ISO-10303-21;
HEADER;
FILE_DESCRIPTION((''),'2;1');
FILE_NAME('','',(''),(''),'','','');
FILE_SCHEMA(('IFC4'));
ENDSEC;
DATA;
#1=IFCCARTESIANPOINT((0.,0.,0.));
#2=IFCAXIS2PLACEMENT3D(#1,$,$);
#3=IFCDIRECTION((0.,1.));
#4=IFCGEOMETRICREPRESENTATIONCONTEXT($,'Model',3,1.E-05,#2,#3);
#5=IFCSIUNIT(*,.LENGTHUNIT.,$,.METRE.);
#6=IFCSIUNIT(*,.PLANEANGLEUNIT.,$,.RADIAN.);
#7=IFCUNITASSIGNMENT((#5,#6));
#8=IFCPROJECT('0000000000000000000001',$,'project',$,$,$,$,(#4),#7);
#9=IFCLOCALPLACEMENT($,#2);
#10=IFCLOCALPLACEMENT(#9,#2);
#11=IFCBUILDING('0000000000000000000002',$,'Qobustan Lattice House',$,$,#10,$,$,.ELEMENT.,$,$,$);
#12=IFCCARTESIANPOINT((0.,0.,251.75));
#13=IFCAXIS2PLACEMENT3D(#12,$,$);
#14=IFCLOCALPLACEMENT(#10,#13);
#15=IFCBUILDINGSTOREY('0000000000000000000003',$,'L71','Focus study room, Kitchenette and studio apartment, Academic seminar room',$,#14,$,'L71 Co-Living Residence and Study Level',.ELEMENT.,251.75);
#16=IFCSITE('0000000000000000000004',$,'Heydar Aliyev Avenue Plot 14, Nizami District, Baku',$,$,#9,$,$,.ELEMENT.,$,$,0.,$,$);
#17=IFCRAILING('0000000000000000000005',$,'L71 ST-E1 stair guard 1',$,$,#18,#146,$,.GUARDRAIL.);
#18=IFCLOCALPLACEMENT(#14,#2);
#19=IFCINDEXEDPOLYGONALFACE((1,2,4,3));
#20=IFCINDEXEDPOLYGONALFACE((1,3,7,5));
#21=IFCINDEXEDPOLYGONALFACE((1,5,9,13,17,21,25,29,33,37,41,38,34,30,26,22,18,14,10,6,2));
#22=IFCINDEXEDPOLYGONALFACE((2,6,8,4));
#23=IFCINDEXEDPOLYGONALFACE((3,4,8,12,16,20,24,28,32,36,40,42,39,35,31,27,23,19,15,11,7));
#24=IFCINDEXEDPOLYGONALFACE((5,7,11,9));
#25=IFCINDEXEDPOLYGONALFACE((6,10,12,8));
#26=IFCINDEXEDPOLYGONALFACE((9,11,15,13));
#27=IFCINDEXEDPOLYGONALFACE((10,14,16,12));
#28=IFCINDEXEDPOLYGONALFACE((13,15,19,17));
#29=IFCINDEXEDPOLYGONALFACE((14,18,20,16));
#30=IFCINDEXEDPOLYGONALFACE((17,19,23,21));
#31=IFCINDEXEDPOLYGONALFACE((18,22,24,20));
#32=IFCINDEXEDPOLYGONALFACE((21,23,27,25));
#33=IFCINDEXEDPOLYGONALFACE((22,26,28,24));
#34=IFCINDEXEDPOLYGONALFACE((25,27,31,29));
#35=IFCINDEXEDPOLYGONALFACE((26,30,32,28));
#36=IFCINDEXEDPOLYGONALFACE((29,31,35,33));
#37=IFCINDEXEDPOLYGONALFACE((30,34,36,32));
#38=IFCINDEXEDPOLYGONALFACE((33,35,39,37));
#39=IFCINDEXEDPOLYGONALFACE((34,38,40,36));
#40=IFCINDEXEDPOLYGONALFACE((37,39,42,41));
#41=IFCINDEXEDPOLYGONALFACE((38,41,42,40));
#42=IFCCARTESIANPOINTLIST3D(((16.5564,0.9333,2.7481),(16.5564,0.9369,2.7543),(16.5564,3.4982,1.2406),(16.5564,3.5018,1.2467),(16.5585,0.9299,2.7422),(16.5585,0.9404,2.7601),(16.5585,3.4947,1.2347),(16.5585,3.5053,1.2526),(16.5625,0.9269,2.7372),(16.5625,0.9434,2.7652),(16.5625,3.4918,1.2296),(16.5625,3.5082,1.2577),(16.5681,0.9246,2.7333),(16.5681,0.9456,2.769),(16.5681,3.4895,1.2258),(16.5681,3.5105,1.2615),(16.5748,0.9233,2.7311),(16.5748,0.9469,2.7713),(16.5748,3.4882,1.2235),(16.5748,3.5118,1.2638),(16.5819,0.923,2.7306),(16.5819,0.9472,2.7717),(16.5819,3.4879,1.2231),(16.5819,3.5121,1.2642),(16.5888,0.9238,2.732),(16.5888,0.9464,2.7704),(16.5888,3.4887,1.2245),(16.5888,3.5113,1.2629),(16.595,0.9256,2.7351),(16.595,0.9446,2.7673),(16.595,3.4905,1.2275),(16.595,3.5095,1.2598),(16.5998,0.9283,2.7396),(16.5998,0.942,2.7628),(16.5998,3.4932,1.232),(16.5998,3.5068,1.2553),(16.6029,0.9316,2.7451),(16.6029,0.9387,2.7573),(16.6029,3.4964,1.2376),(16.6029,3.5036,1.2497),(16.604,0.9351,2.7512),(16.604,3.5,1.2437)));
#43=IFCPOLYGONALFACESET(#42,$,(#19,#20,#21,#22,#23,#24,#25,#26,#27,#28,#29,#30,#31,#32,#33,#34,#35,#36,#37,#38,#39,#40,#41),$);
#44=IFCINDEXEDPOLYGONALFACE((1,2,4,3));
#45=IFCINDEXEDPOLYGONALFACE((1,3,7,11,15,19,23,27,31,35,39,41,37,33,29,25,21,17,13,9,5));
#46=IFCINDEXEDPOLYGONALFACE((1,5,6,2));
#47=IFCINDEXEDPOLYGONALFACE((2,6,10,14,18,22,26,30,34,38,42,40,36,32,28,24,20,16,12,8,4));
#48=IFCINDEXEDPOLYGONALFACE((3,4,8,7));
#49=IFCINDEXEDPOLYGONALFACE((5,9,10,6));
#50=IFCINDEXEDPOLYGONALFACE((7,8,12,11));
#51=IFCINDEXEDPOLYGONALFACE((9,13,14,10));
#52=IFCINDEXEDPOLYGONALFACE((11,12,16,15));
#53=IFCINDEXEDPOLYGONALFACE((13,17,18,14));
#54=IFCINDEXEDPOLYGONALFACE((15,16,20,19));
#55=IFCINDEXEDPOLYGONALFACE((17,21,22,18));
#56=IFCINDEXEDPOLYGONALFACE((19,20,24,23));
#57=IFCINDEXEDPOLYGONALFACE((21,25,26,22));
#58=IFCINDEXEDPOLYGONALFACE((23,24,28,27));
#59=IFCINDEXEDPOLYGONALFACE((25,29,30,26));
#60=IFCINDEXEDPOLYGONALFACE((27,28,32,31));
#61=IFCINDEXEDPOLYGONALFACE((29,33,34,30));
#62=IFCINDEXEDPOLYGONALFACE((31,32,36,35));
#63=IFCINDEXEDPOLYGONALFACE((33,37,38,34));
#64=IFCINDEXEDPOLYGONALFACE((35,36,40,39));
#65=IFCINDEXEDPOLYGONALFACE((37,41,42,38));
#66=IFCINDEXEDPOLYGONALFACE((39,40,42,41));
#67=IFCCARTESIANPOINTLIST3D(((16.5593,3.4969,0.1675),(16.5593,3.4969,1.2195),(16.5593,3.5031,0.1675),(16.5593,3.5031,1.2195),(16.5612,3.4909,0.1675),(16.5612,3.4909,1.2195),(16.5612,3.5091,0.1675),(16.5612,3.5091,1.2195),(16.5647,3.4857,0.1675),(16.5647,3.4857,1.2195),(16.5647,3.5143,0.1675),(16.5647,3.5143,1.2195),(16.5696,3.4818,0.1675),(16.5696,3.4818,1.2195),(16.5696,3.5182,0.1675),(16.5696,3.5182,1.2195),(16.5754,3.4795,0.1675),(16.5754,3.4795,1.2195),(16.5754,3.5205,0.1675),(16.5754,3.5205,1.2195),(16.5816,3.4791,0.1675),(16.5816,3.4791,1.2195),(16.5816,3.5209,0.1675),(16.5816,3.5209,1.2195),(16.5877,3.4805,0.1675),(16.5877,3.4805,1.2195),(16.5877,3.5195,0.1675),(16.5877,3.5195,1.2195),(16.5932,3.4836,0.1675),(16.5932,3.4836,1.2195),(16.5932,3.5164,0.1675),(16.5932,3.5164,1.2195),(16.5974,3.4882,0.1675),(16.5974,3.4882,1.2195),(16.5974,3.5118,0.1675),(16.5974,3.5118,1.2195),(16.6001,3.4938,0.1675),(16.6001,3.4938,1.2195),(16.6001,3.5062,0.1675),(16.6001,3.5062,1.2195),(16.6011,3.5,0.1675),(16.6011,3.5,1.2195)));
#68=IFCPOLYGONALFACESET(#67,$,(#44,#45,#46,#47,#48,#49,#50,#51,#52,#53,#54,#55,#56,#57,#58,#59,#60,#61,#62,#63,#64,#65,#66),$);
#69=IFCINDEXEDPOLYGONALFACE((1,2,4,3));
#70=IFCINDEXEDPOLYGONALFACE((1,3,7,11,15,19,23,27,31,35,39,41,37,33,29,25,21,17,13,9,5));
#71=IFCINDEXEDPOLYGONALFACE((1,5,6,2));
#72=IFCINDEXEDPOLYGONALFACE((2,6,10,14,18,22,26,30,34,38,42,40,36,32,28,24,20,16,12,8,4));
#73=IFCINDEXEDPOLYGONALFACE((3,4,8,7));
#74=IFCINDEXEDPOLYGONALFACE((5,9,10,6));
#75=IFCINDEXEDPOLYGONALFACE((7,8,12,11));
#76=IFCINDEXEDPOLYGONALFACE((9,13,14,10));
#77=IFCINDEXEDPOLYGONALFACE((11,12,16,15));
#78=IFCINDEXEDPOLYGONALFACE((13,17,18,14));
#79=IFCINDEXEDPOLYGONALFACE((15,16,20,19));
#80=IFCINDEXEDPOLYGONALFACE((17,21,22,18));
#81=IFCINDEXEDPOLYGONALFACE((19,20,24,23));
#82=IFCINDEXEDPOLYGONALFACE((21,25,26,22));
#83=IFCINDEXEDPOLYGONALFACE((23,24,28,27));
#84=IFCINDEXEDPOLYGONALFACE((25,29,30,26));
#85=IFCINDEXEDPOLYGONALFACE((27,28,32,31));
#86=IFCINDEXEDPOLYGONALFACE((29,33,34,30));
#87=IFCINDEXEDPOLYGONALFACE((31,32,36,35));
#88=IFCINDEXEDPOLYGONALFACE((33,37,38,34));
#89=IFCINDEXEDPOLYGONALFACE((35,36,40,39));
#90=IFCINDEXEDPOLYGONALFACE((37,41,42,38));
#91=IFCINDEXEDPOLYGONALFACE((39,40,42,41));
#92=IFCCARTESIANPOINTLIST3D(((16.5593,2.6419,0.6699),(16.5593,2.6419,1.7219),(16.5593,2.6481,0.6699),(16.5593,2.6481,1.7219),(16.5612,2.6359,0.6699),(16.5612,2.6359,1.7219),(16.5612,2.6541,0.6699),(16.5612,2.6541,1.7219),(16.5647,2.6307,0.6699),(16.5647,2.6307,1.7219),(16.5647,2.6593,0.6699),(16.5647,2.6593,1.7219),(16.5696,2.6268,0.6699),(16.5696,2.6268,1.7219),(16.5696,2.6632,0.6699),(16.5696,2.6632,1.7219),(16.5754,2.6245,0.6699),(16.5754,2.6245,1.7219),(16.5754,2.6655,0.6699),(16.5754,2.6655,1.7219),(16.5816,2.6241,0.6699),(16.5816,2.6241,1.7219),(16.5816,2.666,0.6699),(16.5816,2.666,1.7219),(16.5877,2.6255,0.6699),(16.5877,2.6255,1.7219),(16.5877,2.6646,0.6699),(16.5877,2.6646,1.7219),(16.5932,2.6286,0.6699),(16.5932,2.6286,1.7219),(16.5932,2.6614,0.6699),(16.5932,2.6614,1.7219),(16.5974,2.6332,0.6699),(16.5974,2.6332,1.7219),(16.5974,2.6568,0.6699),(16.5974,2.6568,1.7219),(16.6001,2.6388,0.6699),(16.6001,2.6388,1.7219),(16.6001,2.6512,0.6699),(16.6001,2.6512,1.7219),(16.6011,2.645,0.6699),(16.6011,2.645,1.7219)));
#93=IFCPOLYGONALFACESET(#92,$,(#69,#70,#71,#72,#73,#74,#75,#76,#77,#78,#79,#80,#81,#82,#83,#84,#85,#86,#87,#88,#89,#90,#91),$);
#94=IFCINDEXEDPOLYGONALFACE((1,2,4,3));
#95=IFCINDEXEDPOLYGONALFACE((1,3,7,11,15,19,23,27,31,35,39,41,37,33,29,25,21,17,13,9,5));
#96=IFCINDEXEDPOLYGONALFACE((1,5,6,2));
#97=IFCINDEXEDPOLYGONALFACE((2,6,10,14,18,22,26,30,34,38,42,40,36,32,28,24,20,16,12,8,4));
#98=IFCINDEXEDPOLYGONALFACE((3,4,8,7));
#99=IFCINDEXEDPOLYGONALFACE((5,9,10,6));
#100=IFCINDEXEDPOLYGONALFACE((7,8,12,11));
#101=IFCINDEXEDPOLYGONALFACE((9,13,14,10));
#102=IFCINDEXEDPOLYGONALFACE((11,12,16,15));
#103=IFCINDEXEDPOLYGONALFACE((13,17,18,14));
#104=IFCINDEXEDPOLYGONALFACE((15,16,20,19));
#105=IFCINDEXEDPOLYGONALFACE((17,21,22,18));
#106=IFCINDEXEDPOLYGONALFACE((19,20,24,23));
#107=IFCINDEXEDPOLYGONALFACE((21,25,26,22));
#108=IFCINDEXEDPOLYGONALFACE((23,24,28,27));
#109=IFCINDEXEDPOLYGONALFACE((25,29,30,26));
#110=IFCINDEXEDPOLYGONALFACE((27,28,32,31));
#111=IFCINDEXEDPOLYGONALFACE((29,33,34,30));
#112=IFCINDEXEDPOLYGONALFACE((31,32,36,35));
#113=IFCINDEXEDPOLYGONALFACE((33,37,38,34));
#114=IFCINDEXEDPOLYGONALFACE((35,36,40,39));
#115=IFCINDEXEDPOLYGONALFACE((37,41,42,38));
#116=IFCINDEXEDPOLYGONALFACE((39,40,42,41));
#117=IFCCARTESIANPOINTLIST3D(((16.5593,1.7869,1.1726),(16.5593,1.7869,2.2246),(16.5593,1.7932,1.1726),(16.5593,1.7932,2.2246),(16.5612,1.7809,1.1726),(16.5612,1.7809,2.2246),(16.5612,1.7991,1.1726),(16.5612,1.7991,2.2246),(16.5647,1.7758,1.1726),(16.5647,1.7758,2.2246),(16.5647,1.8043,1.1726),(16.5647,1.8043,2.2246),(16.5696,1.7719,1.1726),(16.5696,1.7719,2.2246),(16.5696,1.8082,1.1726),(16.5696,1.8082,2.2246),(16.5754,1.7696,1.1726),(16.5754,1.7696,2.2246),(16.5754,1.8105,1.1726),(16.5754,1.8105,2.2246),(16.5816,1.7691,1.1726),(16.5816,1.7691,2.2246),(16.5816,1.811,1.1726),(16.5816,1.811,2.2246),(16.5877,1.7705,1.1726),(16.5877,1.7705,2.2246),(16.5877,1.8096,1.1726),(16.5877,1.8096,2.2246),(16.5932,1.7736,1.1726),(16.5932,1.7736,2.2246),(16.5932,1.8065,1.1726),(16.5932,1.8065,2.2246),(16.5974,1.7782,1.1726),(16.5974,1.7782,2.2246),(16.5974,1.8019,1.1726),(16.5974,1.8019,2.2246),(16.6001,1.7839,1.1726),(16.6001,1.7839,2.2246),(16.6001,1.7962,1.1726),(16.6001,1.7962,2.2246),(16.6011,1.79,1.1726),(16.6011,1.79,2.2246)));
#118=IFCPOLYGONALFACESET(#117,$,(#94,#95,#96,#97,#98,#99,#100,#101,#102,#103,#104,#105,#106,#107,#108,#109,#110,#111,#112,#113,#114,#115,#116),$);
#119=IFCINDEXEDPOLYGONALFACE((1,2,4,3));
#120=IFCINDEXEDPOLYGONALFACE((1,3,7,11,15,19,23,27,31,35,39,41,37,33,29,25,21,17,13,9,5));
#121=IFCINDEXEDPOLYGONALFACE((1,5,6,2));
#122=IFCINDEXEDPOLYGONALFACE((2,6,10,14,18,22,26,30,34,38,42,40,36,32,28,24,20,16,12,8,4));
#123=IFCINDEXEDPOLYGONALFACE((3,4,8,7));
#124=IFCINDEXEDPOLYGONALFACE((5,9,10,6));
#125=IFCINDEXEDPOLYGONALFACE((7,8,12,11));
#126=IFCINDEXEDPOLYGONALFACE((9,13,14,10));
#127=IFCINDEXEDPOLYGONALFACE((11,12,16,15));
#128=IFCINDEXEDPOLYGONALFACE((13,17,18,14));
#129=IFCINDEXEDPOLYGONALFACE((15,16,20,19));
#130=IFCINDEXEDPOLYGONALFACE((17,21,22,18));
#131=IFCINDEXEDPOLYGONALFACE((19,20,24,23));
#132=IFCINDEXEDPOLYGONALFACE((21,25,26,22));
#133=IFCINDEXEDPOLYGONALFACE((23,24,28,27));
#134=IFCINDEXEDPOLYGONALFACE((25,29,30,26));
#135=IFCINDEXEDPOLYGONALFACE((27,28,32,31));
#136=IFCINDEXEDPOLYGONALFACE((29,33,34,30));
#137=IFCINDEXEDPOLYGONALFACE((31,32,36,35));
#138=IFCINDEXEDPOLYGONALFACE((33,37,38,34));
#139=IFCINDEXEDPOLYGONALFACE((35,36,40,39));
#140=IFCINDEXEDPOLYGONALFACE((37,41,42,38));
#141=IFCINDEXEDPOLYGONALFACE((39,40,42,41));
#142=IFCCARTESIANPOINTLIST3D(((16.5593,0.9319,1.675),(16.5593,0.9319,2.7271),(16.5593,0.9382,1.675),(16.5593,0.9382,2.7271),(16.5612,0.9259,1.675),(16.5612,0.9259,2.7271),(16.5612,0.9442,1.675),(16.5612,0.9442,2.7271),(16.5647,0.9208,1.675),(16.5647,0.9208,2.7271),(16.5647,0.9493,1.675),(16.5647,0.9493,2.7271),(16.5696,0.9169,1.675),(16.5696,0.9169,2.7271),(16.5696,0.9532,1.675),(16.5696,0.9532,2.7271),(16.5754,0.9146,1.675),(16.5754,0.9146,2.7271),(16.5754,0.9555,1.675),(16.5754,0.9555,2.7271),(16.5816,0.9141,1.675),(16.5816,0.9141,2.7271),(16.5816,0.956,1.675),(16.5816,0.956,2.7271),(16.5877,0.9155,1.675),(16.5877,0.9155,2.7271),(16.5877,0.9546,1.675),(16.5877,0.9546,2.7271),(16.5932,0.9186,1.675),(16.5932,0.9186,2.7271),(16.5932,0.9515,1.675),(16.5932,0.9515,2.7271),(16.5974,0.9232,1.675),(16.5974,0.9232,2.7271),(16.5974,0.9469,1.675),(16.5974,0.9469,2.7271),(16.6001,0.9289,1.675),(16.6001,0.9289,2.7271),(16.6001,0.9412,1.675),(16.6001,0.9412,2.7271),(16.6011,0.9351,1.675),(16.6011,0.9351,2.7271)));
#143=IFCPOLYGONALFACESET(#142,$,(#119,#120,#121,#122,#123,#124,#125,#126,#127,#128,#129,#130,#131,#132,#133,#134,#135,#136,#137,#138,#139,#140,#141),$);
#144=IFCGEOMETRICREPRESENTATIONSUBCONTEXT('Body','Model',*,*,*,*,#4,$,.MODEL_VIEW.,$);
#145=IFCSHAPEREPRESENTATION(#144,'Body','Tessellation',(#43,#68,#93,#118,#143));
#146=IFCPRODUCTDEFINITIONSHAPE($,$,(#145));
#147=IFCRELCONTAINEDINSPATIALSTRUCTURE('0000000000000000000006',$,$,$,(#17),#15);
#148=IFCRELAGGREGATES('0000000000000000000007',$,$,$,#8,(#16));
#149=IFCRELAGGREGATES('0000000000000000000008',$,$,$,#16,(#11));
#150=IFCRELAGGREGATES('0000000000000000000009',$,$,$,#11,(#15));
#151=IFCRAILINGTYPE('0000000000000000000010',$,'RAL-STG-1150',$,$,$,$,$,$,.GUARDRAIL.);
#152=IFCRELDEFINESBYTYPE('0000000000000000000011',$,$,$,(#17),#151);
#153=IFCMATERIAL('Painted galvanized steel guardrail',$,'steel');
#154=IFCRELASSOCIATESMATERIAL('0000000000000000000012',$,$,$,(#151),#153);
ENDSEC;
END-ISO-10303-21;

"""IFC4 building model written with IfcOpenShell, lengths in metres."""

from ifc_helpers import new_model, si_unit, direction, frame, origin, origin_2d, place, context, subcontext, project, spatial, circle, extrude, material, type_object, element, save


model = new_model("IFC4")

# Units and contexts
model_context = context("Model", 3, precision=1e-05, world=origin(), true_north=direction((0.0, 1.0)))
body_context = subcontext(model_context, "Body", "Model", "MODEL_VIEW")
ifc_project = project(units=[si_unit("LENGTHUNIT", "METRE"), si_unit("PLANEANGLEUNIT", "RADIAN")], contexts=[model_context])

# Site, building, storey
site_placement = place(None, origin())
site = spatial("IfcSite", under=ifc_project, at=site_placement, Name="Heydar Aliyev Avenue Plot 14, Nizami District, Baku", CompositionType="ELEMENT", RefElevation=0.0)
building_placement = place(site_placement, origin())
building = spatial("IfcBuilding", under=site, at=building_placement, Name="Qobustan Lattice House", CompositionType="ELEMENT")
storey_placement = place(building_placement, frame((0.0, 0.0, 251.75)))
storey = spatial("IfcBuildingStorey", under=building, at=storey_placement, Name="L71", Description="Focus study room, Kitchenette and studio apartment, Academic seminar room", LongName="L71 Co-Living Residence and Study Level", CompositionType="ELEMENT", Elevation=251.75)

# Railing
ifc_material_1 = material(Name="Painted galvanized steel guardrail", Category="steel")
railing_type_1 = type_object("IfcRailingType", Name="RAL-STG-1150", PredefinedType="GUARDRAIL", material=ifc_material_1)
railing_1_placement = place(storey_placement, frame((16.5801, 3.5, 0.1675)))
element("IfcRailing", 1, at=railing_1_placement, inside=storey, type_object=railing_type_1, Name="L71 ST-E1 stair guard 1", PredefinedType="GUARDRAIL", context=body_context, shape_type="SweptSolid", body=[
    extrude(circle(Radius=0.0239, at=origin_2d()), frame((0.0, 0.0, 1.0762), z_axis=(0.0, -0.862113, 0.506715), x_axis=(1.0, 0.0, 0.0)), (0.0, 0.0, 1.0), 2.9751),
    extrude(circle(Radius=0.021, at=origin_2d()), origin(), (0.0, 0.0, 1.0), 1.052),
    extrude(circle(Radius=0.021, at=origin_2d()), frame((0.0, -0.855, 0.5024)), (0.0, 0.0, 1.0), 1.052),
    extrude(circle(Radius=0.021, at=origin_2d()), frame((0.0, -1.71, 1.0051)), (0.0, 0.0, 1.0), 1.052),
    extrude(circle(Radius=0.021, at=origin_2d()), frame((0.0, -2.5649, 1.5076)), (0.0, 0.0, 1.0), 1.052),
])

save(model, "model.ifc")
